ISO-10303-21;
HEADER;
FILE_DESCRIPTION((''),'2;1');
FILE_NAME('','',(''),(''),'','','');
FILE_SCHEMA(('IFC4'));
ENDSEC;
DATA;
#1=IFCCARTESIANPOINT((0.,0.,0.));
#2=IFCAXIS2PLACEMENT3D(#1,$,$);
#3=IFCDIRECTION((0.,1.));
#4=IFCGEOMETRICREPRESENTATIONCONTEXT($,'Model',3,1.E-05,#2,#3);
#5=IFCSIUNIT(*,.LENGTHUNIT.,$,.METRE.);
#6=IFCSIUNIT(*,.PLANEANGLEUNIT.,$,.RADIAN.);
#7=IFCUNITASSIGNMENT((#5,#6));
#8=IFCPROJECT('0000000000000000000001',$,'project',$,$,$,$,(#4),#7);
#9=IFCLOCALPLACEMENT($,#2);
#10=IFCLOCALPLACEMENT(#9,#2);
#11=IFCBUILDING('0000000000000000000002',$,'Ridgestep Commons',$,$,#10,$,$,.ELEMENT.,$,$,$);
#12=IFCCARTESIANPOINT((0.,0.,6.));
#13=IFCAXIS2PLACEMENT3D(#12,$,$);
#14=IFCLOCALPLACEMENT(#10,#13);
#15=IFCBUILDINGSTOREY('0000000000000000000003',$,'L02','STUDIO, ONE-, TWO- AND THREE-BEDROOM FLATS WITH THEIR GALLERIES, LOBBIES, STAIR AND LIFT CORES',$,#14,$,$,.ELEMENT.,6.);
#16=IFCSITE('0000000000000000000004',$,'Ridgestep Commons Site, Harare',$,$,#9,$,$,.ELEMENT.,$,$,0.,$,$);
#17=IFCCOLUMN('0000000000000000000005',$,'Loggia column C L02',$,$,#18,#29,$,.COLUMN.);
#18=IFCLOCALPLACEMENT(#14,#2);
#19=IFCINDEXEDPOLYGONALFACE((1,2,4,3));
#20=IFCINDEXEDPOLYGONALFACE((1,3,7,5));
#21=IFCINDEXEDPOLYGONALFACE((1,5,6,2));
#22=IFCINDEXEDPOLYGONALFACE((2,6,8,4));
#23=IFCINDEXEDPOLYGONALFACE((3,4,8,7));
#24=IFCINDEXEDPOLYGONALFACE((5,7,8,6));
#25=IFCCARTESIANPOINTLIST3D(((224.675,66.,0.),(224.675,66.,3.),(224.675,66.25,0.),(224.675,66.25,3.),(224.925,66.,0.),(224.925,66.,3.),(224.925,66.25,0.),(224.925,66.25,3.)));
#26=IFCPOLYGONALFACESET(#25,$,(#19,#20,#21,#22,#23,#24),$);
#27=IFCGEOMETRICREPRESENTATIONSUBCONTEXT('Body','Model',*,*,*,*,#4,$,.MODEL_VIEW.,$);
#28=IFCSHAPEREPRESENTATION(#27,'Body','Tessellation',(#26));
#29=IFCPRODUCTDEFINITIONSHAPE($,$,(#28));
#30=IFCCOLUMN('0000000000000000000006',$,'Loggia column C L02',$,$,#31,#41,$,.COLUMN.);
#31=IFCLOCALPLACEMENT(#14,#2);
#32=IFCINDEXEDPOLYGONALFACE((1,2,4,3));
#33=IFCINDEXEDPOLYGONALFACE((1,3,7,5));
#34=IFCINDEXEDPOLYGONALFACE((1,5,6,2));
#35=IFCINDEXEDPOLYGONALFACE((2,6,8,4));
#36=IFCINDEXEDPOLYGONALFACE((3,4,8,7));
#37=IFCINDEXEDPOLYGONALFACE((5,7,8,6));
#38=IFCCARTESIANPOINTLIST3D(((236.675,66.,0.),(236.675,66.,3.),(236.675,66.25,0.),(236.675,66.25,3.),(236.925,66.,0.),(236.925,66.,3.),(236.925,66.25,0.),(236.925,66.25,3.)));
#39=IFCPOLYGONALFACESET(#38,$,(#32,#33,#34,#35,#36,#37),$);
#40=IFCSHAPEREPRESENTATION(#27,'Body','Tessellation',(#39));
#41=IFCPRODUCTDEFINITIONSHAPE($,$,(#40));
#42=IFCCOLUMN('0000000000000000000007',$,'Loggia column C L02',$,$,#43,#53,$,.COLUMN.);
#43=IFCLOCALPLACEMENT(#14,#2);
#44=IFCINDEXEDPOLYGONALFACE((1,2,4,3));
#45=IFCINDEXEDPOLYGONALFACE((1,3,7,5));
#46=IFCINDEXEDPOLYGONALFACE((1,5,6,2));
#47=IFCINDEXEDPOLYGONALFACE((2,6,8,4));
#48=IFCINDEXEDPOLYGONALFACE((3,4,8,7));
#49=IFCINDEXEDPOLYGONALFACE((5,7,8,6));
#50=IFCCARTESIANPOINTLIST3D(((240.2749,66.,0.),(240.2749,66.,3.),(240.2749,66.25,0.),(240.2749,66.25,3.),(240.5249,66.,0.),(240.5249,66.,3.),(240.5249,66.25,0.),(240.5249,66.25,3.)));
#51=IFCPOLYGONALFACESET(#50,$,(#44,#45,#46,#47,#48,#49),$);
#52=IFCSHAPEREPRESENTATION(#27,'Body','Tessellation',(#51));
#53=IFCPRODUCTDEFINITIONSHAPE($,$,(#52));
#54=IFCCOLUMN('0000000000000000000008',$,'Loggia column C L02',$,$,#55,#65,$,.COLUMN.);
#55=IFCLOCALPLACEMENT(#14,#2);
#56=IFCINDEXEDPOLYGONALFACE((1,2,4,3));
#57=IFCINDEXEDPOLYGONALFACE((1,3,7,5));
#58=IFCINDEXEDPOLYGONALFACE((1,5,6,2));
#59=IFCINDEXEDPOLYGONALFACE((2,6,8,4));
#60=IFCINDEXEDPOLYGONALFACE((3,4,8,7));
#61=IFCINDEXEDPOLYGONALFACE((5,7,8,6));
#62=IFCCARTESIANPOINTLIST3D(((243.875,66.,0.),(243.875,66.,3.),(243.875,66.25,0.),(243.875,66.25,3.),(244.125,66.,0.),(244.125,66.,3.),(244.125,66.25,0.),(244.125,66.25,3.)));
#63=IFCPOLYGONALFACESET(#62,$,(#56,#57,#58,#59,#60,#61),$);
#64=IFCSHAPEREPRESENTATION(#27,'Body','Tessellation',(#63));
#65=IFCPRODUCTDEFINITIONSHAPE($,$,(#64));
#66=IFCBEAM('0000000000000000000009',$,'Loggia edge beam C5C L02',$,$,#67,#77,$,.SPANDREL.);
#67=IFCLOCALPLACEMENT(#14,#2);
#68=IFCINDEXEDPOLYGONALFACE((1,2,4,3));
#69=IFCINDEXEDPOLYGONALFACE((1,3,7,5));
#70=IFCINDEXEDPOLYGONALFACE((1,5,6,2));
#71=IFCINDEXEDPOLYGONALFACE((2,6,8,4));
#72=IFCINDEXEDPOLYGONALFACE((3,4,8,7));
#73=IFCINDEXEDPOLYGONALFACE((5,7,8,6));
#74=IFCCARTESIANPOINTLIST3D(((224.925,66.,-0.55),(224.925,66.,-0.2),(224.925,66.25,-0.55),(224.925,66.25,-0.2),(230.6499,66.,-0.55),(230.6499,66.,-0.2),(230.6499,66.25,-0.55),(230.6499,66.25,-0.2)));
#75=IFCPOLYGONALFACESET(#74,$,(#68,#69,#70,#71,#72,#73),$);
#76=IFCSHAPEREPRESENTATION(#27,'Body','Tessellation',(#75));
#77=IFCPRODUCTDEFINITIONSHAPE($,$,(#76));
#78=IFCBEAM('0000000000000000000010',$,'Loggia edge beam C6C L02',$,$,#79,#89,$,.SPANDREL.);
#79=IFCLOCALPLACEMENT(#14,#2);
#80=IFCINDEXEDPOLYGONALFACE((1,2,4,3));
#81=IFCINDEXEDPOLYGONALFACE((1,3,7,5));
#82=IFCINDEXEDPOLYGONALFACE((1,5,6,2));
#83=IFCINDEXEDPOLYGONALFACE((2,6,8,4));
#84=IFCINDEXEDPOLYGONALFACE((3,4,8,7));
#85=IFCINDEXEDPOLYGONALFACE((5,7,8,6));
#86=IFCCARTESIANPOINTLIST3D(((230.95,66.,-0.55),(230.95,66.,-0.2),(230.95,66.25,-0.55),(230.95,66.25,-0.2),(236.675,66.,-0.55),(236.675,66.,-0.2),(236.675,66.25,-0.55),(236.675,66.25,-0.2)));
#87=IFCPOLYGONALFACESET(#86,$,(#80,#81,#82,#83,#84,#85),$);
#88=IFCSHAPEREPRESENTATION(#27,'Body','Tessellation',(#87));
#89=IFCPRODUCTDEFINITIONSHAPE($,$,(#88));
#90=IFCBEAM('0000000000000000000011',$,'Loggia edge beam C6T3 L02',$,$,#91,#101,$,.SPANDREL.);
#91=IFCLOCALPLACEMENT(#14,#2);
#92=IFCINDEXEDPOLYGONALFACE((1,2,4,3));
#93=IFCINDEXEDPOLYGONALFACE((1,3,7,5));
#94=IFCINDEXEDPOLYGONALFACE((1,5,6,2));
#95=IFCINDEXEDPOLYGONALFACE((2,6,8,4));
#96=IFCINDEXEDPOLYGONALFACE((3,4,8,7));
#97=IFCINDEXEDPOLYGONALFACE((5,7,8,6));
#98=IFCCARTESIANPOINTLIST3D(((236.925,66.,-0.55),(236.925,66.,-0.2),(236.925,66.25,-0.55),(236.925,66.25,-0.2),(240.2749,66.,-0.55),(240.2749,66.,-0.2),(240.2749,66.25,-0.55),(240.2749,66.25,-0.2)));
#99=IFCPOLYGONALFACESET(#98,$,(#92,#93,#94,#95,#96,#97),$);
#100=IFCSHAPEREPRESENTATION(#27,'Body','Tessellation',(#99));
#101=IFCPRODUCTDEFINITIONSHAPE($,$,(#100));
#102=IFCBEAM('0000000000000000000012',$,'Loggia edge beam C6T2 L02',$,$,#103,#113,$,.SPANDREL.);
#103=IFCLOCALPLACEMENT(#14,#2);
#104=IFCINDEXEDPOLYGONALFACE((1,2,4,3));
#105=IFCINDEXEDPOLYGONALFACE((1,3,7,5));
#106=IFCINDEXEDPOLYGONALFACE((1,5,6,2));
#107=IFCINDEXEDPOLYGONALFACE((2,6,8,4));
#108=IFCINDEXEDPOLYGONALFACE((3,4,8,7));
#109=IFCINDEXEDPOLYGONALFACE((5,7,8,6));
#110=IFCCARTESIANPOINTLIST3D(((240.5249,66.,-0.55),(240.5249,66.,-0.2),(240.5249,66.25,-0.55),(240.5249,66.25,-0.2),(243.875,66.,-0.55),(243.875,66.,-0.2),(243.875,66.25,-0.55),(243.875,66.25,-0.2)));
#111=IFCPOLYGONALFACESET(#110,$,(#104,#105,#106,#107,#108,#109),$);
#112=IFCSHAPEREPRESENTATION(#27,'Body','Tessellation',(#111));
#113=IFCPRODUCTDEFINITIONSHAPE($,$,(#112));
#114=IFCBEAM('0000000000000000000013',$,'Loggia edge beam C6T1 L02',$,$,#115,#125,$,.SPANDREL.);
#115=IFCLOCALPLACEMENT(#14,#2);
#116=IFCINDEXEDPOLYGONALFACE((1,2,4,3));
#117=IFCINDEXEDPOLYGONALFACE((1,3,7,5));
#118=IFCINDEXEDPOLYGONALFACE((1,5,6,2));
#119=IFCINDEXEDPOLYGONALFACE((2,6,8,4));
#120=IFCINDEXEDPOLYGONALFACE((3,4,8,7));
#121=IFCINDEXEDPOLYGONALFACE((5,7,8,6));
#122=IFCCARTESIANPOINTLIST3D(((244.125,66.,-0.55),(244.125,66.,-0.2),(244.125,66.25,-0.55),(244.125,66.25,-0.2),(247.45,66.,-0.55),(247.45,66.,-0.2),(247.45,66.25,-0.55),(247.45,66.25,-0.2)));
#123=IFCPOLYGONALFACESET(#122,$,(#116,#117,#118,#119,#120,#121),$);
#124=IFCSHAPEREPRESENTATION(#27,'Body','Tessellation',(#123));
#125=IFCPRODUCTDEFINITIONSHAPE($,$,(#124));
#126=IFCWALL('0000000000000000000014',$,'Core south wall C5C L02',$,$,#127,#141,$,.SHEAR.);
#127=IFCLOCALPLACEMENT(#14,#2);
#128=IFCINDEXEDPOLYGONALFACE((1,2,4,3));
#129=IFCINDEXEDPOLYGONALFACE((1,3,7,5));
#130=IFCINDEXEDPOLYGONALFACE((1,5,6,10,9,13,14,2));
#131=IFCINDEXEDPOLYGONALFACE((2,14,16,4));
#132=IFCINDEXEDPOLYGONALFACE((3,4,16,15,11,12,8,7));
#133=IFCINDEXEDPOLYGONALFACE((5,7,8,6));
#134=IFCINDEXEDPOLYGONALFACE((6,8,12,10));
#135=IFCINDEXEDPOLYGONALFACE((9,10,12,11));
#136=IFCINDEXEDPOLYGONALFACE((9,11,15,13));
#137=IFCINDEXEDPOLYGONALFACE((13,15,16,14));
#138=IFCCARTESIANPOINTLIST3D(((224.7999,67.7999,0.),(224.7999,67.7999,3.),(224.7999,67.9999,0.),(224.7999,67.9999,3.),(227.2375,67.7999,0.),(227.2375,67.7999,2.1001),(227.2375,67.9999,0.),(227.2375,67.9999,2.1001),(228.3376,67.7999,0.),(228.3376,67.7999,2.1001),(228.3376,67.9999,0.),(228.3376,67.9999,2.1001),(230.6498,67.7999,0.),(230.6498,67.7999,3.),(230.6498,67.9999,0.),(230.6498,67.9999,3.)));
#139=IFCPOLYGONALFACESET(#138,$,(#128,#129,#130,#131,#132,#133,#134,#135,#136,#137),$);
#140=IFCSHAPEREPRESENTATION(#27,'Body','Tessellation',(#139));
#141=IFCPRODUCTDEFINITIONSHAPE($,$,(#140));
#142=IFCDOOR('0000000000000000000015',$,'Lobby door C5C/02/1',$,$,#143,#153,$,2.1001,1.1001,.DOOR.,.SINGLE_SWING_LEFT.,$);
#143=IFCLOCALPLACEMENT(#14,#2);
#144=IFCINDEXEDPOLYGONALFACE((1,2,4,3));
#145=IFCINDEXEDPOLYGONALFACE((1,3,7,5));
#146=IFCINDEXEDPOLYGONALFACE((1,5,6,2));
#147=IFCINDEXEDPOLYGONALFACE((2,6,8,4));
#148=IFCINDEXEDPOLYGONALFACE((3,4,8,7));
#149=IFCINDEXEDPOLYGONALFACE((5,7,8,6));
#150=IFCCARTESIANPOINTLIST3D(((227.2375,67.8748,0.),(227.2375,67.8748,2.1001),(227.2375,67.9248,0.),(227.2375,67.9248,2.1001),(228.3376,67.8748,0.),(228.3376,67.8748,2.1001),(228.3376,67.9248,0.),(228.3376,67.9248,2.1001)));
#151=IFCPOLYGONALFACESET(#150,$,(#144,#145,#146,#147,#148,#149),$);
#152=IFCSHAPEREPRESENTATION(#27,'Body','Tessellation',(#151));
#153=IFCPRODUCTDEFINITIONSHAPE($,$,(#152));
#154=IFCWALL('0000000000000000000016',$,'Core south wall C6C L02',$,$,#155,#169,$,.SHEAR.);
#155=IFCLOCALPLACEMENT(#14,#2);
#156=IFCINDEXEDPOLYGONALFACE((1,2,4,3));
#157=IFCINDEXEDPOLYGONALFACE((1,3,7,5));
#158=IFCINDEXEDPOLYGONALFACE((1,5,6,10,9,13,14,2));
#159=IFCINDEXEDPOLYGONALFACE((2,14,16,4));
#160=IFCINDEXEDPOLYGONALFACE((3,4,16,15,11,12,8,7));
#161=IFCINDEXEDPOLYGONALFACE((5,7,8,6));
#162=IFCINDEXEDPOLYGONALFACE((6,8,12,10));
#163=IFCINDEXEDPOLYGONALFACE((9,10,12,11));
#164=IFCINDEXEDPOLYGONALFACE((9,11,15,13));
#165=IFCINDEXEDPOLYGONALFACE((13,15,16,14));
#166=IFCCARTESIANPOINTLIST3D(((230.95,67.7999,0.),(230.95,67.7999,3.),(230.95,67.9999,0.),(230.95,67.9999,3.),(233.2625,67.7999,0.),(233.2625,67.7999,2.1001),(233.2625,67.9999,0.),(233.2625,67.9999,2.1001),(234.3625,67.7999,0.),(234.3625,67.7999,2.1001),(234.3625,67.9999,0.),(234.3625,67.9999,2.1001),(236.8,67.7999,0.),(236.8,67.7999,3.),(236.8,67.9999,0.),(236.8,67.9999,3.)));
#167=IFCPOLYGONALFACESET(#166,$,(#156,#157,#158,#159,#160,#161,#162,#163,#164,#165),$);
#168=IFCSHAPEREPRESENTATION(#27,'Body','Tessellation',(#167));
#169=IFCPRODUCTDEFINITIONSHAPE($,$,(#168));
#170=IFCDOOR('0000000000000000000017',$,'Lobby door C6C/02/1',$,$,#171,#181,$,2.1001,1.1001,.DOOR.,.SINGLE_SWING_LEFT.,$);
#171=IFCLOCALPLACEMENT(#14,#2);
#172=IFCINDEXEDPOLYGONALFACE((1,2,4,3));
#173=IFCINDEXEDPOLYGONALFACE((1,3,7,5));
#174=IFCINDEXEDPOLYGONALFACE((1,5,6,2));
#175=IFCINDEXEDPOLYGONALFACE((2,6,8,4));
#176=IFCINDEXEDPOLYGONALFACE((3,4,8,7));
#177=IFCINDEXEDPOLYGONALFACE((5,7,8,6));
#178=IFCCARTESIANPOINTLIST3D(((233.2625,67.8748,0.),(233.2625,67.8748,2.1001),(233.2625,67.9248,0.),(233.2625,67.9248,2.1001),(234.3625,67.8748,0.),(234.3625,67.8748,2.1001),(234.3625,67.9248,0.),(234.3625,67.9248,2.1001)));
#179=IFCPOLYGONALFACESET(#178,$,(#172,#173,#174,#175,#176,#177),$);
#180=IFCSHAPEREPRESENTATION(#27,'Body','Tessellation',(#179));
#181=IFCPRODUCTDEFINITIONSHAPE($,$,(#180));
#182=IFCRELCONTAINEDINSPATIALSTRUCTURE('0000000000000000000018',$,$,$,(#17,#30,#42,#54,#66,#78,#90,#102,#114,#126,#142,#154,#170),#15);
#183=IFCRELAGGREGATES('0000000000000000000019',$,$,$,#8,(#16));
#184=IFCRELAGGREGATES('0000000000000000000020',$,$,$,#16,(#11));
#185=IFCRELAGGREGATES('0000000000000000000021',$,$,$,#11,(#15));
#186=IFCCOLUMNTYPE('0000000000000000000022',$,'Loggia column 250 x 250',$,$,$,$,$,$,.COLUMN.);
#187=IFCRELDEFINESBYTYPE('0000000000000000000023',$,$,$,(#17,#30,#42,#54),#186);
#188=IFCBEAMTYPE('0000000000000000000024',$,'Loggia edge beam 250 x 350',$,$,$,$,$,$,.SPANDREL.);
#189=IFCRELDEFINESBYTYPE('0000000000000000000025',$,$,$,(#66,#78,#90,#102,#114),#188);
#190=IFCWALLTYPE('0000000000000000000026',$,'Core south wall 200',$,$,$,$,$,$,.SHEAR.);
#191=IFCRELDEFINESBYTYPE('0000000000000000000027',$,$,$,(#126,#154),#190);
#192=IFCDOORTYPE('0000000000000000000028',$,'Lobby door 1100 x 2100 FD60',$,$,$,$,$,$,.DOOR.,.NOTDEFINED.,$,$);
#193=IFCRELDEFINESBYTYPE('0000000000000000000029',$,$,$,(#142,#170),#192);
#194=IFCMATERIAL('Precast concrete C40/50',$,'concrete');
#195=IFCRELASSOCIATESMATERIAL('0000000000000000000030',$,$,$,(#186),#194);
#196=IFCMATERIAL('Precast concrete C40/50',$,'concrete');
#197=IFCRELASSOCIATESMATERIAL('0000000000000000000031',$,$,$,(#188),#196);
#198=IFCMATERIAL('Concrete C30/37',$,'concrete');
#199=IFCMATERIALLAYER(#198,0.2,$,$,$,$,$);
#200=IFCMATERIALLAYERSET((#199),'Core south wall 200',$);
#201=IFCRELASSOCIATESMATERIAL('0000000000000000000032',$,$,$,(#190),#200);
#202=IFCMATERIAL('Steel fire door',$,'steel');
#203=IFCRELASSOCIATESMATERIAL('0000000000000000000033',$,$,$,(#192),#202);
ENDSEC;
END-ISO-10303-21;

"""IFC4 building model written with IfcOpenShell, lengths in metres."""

from ifc_helpers import new_model, si_unit, direction, frame, frame_2d, origin, origin_2d, place, context, subcontext, project, spatial, rectangle, extrude, material, layer, layer_set, material_profile, profile_set, type_object, element, fill, save


model = new_model("IFC4")

# Units and contexts
model_context = context("Model", 3, precision=1e-05, world=origin(), true_north=direction((0.0, 1.0)))
body_context = subcontext(model_context, "Body", "Model", "MODEL_VIEW")
ifc_project = project(units=[si_unit("LENGTHUNIT", "METRE"), si_unit("PLANEANGLEUNIT", "RADIAN")], contexts=[model_context])

# Site, building, storey
site_placement = place(None, origin())
site = spatial("IfcSite", under=ifc_project, at=site_placement, Name="Ridgestep Commons Site, Harare", CompositionType="ELEMENT", RefElevation=0.0)
building_placement = place(site_placement, origin())
building = spatial("IfcBuilding", under=site, at=building_placement, Name="Ridgestep Commons", CompositionType="ELEMENT")
storey_placement = place(building_placement, frame((0.0, 0.0, 6.0)))
storey = spatial("IfcBuildingStorey", under=building, at=storey_placement, Name="L02", Description="STUDIO, ONE-, TWO- AND THREE-BEDROOM FLATS WITH THEIR GALLERIES, LOBBIES, STAIR AND LIFT CORES", CompositionType="ELEMENT", Elevation=6.0)

# Columns
ifc_material_1 = material(Name="Precast concrete C40/50", Category="concrete")
ifc_material_profile_1 = material_profile(ifc_material_1, rectangle(XDim=0.25, YDim=0.25, at=origin_2d()), Name="PC 250x250")
ifc_profile_set_1 = profile_set([ifc_material_profile_1], Name="Precast concrete C40/50")
column_type = type_object("IfcColumnType", Name="Loggia column 250 x 250", PredefinedType="COLUMN", material=ifc_profile_set_1)
for number, where, z_axis, x_axis, name in (
    (1, (224.8, 66.125, 0.0), (0.0, 0.0, 1.0), (1.0, 0.0, 0.0), "Loggia column C L02"),
    (2, (236.8, 66.125, 0.0), (0.0, 0.0, 1.0), (1.0, 0.0, 0.0), "Loggia column C L02"),
    (3, (240.3999, 66.125, 0.0), (0.0, 0.0, 1.0), (1.0, 0.0, 0.0), "Loggia column C L02"),
    (4, (244.0, 66.125, 0.0), (0.0, 0.0, 1.0), (1.0, 0.0, 0.0), "Loggia column C L02"),
):
    element("IfcColumn", number, at=place(storey_placement, frame(where, z_axis=z_axis, x_axis=x_axis)), inside=storey, type_object=column_type, Name=name, PredefinedType="COLUMN", context=body_context, shape_type="SweptSolid", body=[
        extrude(rectangle(XDim=0.25, YDim=0.25, at=origin_2d()), origin(), (0.0, 0.0, 1.0), 3.0),
    ])

# Beams
ifc_material_2 = material(Name="Precast concrete C40/50", Category="concrete")
ifc_material_profile_2 = material_profile(ifc_material_2, rectangle(XDim=0.25, YDim=0.3501, at=origin_2d()), Name="PC 250x350")
ifc_profile_set_2 = profile_set([ifc_material_profile_2], Name="Precast concrete C40/50")
beam_type = type_object("IfcBeamType", Name="Loggia edge beam 250 x 350", PredefinedType="SPANDREL", material=ifc_profile_set_2)
beam_1_placement = place(storey_placement, frame((224.925, 66.125, -0.375), z_axis=(1.0, 0.0, 0.0), x_axis=(0.0, 1.0, 0.0)))
element("IfcBeam", 5, at=beam_1_placement, inside=storey, type_object=beam_type, Name="Loggia edge beam C5C L02", PredefinedType="SPANDREL", context=body_context, shape_type="SweptSolid", body=[
    extrude(rectangle(XDim=0.25, YDim=0.3501, at=origin_2d()), origin(), (0.0, 0.0, 1.0), 5.7249),
])
beam_2_placement = place(storey_placement, frame((230.95, 66.125, -0.375), z_axis=(1.0, 0.0, 0.0), x_axis=(0.0, 1.0, 0.0)))
element("IfcBeam", 6, at=beam_2_placement, inside=storey, type_object=beam_type, Name="Loggia edge beam C6C L02", PredefinedType="SPANDREL", context=body_context, shape_type="SweptSolid", body=[
    extrude(rectangle(XDim=0.25, YDim=0.3501, at=origin_2d()), origin(), (0.0, 0.0, 1.0), 5.7251),
])
beam_3_placement = place(storey_placement, frame((236.925, 66.125, -0.375), z_axis=(1.0, 0.0, 0.0), x_axis=(0.0, 1.0, 0.0)))
element("IfcBeam", 7, at=beam_3_placement, inside=storey, type_object=beam_type, Name="Loggia edge beam C6T3 L02", PredefinedType="SPANDREL", context=body_context, shape_type="SweptSolid", body=[
    extrude(rectangle(XDim=0.25, YDim=0.3501, at=origin_2d()), origin(), (0.0, 0.0, 1.0), 3.3499),
])
beam_4_placement = place(storey_placement, frame((240.5249, 66.125, -0.375), z_axis=(1.0, 0.0, 0.0), x_axis=(0.0, 1.0, 0.0)))
element("IfcBeam", 8, at=beam_4_placement, inside=storey, type_object=beam_type, Name="Loggia edge beam C6T2 L02", PredefinedType="SPANDREL", context=body_context, shape_type="SweptSolid", body=[
    extrude(rectangle(XDim=0.25, YDim=0.3501, at=origin_2d()), origin(), (0.0, 0.0, 1.0), 3.3501),
])
beam_5_placement = place(storey_placement, frame((244.125, 66.125, -0.375), z_axis=(1.0, 0.0, 0.0), x_axis=(0.0, 1.0, 0.0)))
element("IfcBeam", 9, at=beam_5_placement, inside=storey, type_object=beam_type, Name="Loggia edge beam C6T1 L02", PredefinedType="SPANDREL", context=body_context, shape_type="SweptSolid", body=[
    extrude(rectangle(XDim=0.25, YDim=0.3501, at=origin_2d()), origin(), (0.0, 0.0, 1.0), 3.325),
])

# Walls, openings, doors
ifc_material_3 = material(Name="Concrete C30/37", Category="concrete")
ifc_layer_1 = layer(ifc_material_3, 0.2)
ifc_layer_set_1 = layer_set([ifc_layer_1], Name="Core south wall 200")
wall_type_1 = type_object("IfcWallType", Name="Core south wall 200", PredefinedType="SHEAR", material=ifc_layer_set_1)
wall_1_placement = place(storey_placement, frame((224.8, 67.8999, 0.0), z_axis=(0.0, 0.0, 1.0), x_axis=(1.0, 0.0, 0.0)))
wall_1 = element("IfcWall", 10, at=wall_1_placement, inside=storey, type_object=wall_type_1, Name="Core south wall C5C L02", PredefinedType="SHEAR", context=body_context, shape_type="SweptSolid", body=[
    extrude(rectangle(XDim=5.8499, YDim=0.2, at=frame_2d((2.9248, 0.0))), origin(), (0.0, 0.0, 1.0), 3.0),
])
opening_1_placement = place(wall_1_placement, frame((2.4375, 0.0, 0.0)))
opening_1 = element("IfcOpeningElement", 11, at=opening_1_placement, cuts=wall_1, PredefinedType="OPENING", context=body_context, shape_type="SweptSolid", body=[
    extrude(rectangle(XDim=1.1001, YDim=2.1001, at=frame_2d((0.55, 1.05))), frame((0.0, 0.1099, 0.0), z_axis=(0.0, -1.0, 0.0), x_axis=(1.0, 0.0, 0.0)), (0.0, 0.0, 1.0), 0.22),
])
ifc_material_4 = material(Name="Steel fire door", Category="steel")
door_type_1 = type_object("IfcDoorType", Name="Lobby door 1100 x 2100 FD60", OperationType="NOTDEFINED", PredefinedType="DOOR", material=ifc_material_4)
door_1_placement = place(opening_1_placement, origin())
door_1 = element("IfcDoor", 12, at=door_1_placement, inside=storey, type_object=door_type_1, Name="Lobby door C5C/02/1", OperationType="SINGLE_SWING_LEFT", OverallHeight=2.1001, OverallWidth=1.1001, PredefinedType="DOOR", context=body_context, shape_type="SweptSolid", body=[
    extrude(rectangle(XDim=1.1001, YDim=2.1001, at=frame_2d((0.55, 1.05))), frame((0.0, 0.0249, 0.0), z_axis=(0.0, -1.0, 0.0), x_axis=(1.0, 0.0, 0.0)), (0.0, 0.0, 1.0), 0.05),
])
fill(opening_1, door_1)
wall_2_placement = place(storey_placement, frame((230.95, 67.8999, 0.0), z_axis=(0.0, 0.0, 1.0), x_axis=(1.0, 0.0, 0.0)))
wall_2 = element("IfcWall", 13, at=wall_2_placement, inside=storey, type_object=wall_type_1, Name="Core south wall C6C L02", PredefinedType="SHEAR", context=body_context, shape_type="SweptSolid", body=[
    extrude(rectangle(XDim=5.8501, YDim=0.2, at=frame_2d((2.925, 0.0))), origin(), (0.0, 0.0, 1.0), 3.0),
])
opening_2_placement = place(wall_2_placement, frame((2.3125, 0.0, 0.0)))
opening_2 = element("IfcOpeningElement", 14, at=opening_2_placement, cuts=wall_2, PredefinedType="OPENING", context=body_context, shape_type="SweptSolid", body=[
    extrude(rectangle(XDim=1.1001, YDim=2.1001, at=frame_2d((0.55, 1.05))), frame((0.0, 0.1099, 0.0), z_axis=(0.0, -1.0, 0.0), x_axis=(1.0, 0.0, 0.0)), (0.0, 0.0, 1.0), 0.22),
])
door_2_placement = place(opening_2_placement, origin())
door_2 = element("IfcDoor", 15, at=door_2_placement, inside=storey, type_object=door_type_1, Name="Lobby door C6C/02/1", OperationType="SINGLE_SWING_LEFT", OverallHeight=2.1001, OverallWidth=1.1001, PredefinedType="DOOR", context=body_context, shape_type="SweptSolid", body=[
    extrude(rectangle(XDim=1.1001, YDim=2.1001, at=frame_2d((0.55, 1.05))), frame((0.0, 0.0249, 0.0), z_axis=(0.0, -1.0, 0.0), x_axis=(1.0, 0.0, 0.0)), (0.0, 0.0, 1.0), 0.05),
])
fill(opening_2, door_2)

save(model, "model.ifc")
